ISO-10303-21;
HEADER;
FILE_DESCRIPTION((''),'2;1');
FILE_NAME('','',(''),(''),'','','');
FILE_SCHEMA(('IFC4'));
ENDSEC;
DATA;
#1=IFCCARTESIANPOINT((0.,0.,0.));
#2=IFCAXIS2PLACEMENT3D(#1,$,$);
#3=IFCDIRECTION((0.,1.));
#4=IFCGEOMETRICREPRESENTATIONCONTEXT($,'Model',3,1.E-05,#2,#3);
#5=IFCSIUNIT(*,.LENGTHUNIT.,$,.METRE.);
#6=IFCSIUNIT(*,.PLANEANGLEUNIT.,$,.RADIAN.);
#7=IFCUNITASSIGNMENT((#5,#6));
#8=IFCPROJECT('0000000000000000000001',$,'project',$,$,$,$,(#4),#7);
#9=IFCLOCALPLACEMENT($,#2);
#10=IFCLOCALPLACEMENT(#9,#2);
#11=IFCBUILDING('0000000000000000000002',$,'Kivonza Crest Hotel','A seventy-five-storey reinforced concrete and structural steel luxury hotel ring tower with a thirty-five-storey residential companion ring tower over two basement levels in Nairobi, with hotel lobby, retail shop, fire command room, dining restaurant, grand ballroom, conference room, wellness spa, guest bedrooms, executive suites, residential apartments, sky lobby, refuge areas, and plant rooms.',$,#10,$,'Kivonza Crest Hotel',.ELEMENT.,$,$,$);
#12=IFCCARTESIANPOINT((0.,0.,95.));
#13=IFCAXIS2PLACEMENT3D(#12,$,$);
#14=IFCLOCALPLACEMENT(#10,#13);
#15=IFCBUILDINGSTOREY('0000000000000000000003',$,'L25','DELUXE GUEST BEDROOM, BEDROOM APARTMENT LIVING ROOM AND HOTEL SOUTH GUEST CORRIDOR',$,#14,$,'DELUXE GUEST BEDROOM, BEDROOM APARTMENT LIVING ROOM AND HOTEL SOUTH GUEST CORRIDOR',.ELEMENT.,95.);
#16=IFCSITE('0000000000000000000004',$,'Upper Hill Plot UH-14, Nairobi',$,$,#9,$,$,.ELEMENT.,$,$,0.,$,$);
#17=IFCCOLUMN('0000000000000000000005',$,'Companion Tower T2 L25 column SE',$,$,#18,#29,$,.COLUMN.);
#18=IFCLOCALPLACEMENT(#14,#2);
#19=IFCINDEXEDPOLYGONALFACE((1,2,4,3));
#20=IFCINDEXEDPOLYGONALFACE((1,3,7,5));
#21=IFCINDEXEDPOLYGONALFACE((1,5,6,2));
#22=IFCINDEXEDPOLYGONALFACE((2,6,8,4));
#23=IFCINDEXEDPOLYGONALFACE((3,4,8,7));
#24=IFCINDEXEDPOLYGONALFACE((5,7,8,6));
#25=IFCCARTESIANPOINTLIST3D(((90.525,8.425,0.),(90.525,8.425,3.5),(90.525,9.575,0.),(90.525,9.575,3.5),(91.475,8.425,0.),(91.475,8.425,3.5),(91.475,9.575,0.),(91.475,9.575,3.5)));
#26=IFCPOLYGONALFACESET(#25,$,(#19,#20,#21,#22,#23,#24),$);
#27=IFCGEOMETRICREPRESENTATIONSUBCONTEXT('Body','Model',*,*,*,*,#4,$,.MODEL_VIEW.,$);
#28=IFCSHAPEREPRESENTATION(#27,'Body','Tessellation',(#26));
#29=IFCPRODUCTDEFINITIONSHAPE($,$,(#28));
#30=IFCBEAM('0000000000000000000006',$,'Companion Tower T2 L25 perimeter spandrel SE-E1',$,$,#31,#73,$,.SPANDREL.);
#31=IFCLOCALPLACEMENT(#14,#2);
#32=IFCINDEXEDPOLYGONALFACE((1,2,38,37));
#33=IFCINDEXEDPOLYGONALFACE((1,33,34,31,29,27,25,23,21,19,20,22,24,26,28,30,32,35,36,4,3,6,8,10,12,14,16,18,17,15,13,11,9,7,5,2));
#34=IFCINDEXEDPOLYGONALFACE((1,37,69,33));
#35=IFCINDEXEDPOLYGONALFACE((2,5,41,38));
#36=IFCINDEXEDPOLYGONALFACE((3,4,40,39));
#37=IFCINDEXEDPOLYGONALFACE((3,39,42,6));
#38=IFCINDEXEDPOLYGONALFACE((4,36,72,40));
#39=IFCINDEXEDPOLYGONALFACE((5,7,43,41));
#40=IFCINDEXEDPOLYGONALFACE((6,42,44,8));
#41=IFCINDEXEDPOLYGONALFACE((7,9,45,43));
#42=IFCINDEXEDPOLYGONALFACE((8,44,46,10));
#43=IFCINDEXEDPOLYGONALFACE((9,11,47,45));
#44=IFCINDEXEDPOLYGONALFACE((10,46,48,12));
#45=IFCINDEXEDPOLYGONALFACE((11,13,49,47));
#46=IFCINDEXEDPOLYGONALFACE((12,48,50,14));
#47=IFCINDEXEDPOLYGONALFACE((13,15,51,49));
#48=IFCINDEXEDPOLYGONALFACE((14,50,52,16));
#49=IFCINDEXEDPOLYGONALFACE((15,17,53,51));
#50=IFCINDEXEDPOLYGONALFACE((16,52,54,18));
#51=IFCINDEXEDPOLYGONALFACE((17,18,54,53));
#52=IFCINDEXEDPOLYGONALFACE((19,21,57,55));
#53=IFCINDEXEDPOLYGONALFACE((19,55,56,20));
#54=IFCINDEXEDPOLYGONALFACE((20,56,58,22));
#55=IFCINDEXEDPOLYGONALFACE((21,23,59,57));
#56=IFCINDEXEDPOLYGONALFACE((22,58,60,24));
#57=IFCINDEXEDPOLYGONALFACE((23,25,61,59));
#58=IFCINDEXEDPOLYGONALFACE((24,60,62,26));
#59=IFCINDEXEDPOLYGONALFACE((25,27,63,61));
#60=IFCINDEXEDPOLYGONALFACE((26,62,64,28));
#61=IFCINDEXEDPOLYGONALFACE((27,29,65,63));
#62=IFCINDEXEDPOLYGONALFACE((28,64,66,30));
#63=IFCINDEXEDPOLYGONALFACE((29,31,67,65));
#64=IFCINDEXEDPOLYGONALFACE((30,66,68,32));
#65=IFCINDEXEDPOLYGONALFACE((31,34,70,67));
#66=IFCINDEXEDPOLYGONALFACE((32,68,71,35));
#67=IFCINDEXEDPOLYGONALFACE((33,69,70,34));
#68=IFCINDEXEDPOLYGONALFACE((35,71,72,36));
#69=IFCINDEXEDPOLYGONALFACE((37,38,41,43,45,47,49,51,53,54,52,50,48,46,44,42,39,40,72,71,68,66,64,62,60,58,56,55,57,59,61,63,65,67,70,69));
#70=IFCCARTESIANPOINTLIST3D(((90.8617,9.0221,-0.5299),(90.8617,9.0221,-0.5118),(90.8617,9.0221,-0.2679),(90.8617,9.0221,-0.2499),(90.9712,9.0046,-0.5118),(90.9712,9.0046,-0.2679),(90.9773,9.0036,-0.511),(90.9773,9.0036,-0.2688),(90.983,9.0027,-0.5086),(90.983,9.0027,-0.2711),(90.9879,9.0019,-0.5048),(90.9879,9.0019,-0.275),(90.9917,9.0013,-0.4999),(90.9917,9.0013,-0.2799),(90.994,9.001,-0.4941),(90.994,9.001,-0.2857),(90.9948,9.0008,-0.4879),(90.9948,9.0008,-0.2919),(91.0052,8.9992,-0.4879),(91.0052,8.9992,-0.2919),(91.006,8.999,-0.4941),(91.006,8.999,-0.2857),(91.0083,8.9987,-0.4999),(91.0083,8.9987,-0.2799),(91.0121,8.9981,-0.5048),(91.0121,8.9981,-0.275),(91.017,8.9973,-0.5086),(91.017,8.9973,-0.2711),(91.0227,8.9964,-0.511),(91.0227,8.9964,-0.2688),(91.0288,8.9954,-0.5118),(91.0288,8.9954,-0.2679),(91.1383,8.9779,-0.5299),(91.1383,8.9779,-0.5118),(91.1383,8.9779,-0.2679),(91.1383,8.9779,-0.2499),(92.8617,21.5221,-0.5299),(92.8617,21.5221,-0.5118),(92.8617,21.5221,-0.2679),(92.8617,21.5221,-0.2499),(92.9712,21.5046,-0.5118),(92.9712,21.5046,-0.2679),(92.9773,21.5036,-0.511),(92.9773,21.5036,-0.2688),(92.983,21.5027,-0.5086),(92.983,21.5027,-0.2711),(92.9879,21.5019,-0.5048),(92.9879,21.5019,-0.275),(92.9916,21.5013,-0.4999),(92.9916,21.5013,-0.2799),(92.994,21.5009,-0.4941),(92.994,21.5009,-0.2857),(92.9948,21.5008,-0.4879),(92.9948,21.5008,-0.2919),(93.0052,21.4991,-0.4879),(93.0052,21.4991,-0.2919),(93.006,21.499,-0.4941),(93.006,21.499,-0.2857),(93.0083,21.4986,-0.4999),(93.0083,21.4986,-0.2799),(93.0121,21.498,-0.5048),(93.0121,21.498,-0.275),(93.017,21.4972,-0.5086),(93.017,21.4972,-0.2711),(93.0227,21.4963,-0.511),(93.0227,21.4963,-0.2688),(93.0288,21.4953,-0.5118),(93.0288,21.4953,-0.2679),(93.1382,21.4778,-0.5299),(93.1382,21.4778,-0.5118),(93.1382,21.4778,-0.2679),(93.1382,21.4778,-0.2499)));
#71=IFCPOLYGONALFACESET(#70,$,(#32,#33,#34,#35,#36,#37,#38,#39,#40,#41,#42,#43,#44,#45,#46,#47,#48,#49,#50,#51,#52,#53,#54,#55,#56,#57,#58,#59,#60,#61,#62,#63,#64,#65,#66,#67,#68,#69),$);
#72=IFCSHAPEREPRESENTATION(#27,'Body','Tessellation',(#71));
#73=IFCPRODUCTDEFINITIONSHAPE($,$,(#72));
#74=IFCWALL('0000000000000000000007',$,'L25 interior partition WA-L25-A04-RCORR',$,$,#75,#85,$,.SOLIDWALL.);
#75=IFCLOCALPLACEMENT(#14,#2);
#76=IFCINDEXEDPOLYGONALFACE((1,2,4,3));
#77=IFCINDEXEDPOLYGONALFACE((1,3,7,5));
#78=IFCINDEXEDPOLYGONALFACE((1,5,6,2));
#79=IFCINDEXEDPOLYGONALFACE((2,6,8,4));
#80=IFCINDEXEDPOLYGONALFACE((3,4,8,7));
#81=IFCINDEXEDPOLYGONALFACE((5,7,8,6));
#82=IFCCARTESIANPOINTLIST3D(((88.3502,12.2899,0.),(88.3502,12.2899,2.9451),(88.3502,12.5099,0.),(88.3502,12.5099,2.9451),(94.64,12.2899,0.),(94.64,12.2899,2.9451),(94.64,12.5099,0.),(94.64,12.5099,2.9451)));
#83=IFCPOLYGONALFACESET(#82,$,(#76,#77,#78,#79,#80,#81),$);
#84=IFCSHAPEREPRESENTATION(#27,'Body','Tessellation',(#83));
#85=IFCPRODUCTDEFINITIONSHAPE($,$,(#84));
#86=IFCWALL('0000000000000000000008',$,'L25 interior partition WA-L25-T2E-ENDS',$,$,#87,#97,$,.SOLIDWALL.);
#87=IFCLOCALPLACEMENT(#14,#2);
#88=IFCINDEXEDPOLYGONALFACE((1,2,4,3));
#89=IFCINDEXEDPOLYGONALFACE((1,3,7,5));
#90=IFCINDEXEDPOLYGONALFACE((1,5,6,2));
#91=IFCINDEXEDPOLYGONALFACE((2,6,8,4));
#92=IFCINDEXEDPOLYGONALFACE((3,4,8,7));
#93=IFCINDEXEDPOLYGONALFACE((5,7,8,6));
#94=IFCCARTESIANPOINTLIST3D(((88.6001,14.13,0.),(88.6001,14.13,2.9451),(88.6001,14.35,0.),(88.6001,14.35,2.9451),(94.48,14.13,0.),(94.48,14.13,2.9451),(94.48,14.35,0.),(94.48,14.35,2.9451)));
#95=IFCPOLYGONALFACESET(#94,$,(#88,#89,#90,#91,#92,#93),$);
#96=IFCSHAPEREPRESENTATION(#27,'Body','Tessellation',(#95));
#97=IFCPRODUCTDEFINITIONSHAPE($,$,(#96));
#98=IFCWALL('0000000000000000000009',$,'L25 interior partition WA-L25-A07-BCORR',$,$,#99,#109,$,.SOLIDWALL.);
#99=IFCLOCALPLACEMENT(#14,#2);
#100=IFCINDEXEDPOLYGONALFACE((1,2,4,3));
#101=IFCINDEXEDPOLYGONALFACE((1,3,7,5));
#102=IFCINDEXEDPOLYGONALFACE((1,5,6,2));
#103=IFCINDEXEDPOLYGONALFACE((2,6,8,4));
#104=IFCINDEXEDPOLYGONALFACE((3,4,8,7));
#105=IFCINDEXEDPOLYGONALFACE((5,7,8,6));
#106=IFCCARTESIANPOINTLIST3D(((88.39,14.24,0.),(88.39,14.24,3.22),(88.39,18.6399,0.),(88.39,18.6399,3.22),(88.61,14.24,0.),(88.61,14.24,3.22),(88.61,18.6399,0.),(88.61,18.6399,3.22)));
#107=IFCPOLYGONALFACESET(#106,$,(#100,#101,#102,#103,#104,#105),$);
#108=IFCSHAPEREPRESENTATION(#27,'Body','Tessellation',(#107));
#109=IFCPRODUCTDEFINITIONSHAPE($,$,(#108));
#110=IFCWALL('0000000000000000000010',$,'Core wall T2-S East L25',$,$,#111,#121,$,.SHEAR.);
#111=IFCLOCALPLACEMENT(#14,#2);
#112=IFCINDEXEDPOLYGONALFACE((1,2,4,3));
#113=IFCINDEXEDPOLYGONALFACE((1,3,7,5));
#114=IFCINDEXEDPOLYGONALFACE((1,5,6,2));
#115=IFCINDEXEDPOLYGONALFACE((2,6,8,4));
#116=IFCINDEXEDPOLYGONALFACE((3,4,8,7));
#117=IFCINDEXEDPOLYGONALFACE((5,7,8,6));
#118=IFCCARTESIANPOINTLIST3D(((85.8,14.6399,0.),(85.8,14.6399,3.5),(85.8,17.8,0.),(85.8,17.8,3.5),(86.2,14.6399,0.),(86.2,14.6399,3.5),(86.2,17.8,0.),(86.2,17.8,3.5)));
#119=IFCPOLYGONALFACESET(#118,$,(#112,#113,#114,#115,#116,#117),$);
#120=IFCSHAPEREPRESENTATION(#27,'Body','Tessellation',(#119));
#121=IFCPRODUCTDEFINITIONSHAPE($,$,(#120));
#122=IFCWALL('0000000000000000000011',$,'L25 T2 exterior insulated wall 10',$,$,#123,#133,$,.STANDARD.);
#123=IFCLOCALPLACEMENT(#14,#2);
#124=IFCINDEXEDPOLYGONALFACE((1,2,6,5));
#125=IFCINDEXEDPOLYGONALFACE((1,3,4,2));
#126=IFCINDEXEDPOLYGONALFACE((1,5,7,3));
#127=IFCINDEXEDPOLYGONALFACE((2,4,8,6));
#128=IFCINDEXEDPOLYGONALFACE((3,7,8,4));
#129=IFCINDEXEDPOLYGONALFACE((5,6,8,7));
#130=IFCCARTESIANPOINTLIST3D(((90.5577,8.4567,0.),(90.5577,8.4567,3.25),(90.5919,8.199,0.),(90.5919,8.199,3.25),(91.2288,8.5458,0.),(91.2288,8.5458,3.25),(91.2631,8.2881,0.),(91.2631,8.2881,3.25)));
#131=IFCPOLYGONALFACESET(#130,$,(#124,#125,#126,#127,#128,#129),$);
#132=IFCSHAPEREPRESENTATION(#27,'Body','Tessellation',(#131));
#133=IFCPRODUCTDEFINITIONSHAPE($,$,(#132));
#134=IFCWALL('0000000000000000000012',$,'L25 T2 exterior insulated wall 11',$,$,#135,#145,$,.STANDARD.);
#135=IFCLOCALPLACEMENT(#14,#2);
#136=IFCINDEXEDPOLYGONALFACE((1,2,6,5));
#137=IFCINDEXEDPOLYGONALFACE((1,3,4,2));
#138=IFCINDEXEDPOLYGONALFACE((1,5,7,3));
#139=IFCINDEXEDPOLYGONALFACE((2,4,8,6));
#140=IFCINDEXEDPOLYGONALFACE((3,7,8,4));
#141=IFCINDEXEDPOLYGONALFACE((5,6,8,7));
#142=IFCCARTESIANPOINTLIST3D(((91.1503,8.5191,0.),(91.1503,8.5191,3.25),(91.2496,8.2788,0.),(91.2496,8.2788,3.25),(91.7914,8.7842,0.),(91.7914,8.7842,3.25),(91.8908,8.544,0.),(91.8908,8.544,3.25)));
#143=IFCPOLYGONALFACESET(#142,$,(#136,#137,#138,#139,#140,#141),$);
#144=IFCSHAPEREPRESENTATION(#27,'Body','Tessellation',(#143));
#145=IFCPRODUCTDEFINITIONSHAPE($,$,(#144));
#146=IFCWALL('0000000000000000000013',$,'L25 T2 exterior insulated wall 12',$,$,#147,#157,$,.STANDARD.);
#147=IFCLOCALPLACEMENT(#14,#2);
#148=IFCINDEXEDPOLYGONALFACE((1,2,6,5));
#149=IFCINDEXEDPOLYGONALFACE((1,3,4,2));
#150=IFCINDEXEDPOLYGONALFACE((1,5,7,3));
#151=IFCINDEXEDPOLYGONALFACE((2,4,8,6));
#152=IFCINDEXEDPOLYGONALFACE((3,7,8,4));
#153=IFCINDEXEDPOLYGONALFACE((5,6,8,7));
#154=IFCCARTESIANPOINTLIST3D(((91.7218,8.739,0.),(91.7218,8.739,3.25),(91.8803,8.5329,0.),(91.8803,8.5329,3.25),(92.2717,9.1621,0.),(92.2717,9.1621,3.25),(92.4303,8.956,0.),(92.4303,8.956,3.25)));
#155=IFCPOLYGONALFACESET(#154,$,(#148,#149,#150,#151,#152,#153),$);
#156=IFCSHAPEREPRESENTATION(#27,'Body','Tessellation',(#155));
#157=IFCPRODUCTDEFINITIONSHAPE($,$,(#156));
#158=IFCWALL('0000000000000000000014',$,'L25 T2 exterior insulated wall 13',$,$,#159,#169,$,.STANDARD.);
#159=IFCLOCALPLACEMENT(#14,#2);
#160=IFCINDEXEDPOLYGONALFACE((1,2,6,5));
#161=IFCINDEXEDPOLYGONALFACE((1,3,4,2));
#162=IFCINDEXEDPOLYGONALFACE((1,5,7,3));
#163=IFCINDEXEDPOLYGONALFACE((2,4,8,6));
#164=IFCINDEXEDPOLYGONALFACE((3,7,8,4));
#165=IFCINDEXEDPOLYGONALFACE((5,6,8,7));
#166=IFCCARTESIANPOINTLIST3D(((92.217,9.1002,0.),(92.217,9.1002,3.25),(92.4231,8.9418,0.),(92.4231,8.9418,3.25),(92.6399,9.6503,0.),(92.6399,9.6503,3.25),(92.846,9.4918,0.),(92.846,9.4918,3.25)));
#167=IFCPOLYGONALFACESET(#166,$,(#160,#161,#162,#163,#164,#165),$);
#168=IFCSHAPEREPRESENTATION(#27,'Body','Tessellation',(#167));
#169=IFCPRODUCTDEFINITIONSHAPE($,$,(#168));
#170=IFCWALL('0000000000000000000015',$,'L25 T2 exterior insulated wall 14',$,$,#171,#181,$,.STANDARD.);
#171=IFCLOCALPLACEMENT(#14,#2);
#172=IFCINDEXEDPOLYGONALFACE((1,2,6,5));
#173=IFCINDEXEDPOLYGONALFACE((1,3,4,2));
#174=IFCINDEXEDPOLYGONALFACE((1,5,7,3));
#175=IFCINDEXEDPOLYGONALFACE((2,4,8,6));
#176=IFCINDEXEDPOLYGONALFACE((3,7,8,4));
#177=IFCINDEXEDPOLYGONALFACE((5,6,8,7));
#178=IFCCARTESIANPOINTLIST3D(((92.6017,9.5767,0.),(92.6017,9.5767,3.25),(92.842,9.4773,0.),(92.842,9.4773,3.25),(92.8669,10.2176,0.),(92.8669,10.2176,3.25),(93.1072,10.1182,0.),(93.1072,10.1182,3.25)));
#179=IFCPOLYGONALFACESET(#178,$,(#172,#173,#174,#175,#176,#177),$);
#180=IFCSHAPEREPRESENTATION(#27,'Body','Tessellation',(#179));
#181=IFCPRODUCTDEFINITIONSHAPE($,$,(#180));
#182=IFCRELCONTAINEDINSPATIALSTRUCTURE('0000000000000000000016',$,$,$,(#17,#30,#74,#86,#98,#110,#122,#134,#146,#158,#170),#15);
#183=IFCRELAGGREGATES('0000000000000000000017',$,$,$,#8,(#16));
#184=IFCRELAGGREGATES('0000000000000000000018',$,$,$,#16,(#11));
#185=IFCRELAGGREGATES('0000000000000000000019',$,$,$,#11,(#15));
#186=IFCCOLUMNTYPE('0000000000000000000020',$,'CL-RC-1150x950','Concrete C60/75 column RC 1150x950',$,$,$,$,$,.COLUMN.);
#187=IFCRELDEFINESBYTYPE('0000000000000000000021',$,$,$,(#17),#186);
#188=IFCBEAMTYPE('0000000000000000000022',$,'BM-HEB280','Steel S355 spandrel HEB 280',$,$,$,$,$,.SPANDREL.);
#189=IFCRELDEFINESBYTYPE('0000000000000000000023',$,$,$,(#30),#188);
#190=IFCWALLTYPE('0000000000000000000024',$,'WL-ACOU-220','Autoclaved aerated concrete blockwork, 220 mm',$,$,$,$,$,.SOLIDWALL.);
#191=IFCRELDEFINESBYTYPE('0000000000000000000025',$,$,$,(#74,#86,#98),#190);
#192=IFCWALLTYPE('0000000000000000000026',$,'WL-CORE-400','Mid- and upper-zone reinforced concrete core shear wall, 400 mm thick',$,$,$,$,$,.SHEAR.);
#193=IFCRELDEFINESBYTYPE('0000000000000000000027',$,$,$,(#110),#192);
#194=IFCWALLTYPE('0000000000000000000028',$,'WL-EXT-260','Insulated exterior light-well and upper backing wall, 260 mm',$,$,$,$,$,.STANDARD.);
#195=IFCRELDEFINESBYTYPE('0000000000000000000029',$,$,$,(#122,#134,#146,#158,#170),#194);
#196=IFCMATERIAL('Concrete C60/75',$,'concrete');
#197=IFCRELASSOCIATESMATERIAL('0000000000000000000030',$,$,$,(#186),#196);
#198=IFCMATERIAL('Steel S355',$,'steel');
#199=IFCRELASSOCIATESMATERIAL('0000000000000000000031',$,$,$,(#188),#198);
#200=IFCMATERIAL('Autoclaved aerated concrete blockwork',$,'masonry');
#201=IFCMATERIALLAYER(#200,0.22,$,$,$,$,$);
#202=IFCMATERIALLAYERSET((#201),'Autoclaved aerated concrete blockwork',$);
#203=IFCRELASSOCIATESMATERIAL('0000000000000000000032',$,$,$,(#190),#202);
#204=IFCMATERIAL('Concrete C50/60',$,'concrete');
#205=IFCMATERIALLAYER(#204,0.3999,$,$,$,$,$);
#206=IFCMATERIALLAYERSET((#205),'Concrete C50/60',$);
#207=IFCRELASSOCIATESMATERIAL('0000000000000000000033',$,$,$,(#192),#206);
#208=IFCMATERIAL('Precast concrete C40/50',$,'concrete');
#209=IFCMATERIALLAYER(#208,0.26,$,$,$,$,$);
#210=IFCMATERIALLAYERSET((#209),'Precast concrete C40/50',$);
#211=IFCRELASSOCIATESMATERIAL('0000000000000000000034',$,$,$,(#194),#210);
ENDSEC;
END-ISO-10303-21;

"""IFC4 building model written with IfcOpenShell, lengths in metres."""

from ifc_helpers import new_model, si_unit, direction, frame, frame_2d, origin, origin_2d, place, context, subcontext, project, spatial, rectangle, i_section, extrude, material, layer, layer_set, material_profile, profile_set, type_object, element, save


model = new_model("IFC4")

# Units and contexts
model_context = context("Model", 3, precision=1e-05, world=origin(), true_north=direction((0.0, 1.0)))
body_context = subcontext(model_context, "Body", "Model", "MODEL_VIEW")
ifc_project = project(units=[si_unit("LENGTHUNIT", "METRE"), si_unit("PLANEANGLEUNIT", "RADIAN")], contexts=[model_context])

# Site, building, storey
site_placement = place(None, origin())
site = spatial("IfcSite", under=ifc_project, at=site_placement, Name="Upper Hill Plot UH-14, Nairobi", CompositionType="ELEMENT", RefElevation=0.0)
building_placement = place(site_placement, origin())
building = spatial("IfcBuilding", under=site, at=building_placement, Name="Kivonza Crest Hotel", Description="A seventy-five-storey reinforced concrete and structural steel luxury hotel ring tower with a thirty-five-storey residential companion ring tower over two basement levels in Nairobi, with hotel lobby, retail shop, fire command room, dining restaurant, grand ballroom, conference room, wellness spa, guest bedrooms, executive suites, residential apartments, sky lobby, refuge areas, and plant rooms.", LongName="Kivonza Crest Hotel", CompositionType="ELEMENT")
storey_placement = place(building_placement, frame((0.0, 0.0, 95.0)))
storey = spatial("IfcBuildingStorey", under=building, at=storey_placement, Name="L25", Description="DELUXE GUEST BEDROOM, BEDROOM APARTMENT LIVING ROOM AND HOTEL SOUTH GUEST CORRIDOR", LongName="DELUXE GUEST BEDROOM, BEDROOM APARTMENT LIVING ROOM AND HOTEL SOUTH GUEST CORRIDOR", CompositionType="ELEMENT", Elevation=95.0)

# Column
ifc_material_1 = material(Name="Concrete C60/75", Category="concrete")
ifc_material_profile_1 = material_profile(ifc_material_1, rectangle(XDim=0.95, YDim=1.1499, at=origin_2d()), Name="RC 1150x950")
ifc_profile_set_1 = profile_set([ifc_material_profile_1], Name="Concrete C60/75")
column_type = type_object("IfcColumnType", Name="CL-RC-1150x950", Description="Concrete C60/75 column RC 1150x950", PredefinedType="COLUMN", material=ifc_profile_set_1)
column_placement = place(storey_placement, frame((91.0, 9.0, 0.0), z_axis=(0.0, 0.0, 1.0), x_axis=(1.0, 0.0, 0.0)))
element("IfcColumn", 1, at=column_placement, inside=storey, type_object=column_type, Name="Companion Tower T2 L25 column SE", PredefinedType="COLUMN", context=body_context, shape_type="SweptSolid", body=[
    extrude(rectangle(XDim=0.95, YDim=1.1499, at=origin_2d()), origin(), (0.0, 0.0, 1.0), 3.5),
])

# Beam
ifc_material_2 = material(Name="Steel S355", Category="steel")
ifc_material_profile_2 = material_profile(ifc_material_2, i_section(OverallWidth=0.28, OverallDepth=0.28, WebThickness=0.0105, FlangeThickness=0.0181, FilletRadius=0.0239, at=origin_2d()), Name="HEB 280")
ifc_profile_set_2 = profile_set([ifc_material_profile_2], Name="Steel S355")
beam_type = type_object("IfcBeamType", Name="BM-HEB280", Description="Steel S355 spandrel HEB 280", PredefinedType="SPANDREL", material=ifc_profile_set_2)
beam_placement = place(storey_placement, frame((91.0, 9.0, -0.3899), z_axis=(0.157991, 0.987441, 0.0), x_axis=(-0.987441, 0.157991, 0.0)))
element("IfcBeam", 2, at=beam_placement, inside=storey, type_object=beam_type, Name="Companion Tower T2 L25 perimeter spandrel SE-E1", PredefinedType="SPANDREL", context=body_context, shape_type="SweptSolid", body=[
    extrude(i_section(OverallWidth=0.28, OverallDepth=0.28, WebThickness=0.0105, FlangeThickness=0.0181, FilletRadius=0.0239, at=origin_2d()), origin(), (0.0, 0.0, 1.0), 12.6589),
])

# Walls
ifc_material_3 = material(Name="Autoclaved aerated concrete blockwork", Category="masonry")
ifc_layer_1 = layer(ifc_material_3, 0.22)
ifc_layer_set_1 = layer_set([ifc_layer_1], Name="Autoclaved aerated concrete blockwork")
wall_type_1 = type_object("IfcWallType", Name="WL-ACOU-220", Description="Autoclaved aerated concrete blockwork, 220 mm", PredefinedType="SOLIDWALL", material=ifc_layer_set_1)
wall_1_placement = place(storey_placement, frame((88.3501, 12.3999, 0.0), z_axis=(0.0, 0.0, 1.0), x_axis=(1.0, 0.0, 0.0)))
element("IfcWall", 3, at=wall_1_placement, inside=storey, type_object=wall_type_1, Name="L25 interior partition WA-L25-A04-RCORR", PredefinedType="SOLIDWALL", context=body_context, shape_type="SweptSolid", body=[
    extrude(rectangle(XDim=6.2898, YDim=0.22, at=frame_2d((3.145, 0.0))), origin(), (0.0, 0.0, 1.0), 2.9451),
])
wall_2_placement = place(storey_placement, frame((88.6001, 14.24, 0.0), z_axis=(0.0, 0.0, 1.0), x_axis=(1.0, 0.0, 0.0)))
element("IfcWall", 4, at=wall_2_placement, inside=storey, type_object=wall_type_1, Name="L25 interior partition WA-L25-T2E-ENDS", PredefinedType="SOLIDWALL", context=body_context, shape_type="SweptSolid", body=[
    extrude(rectangle(XDim=5.8799, YDim=0.22, at=frame_2d((2.9399, 0.0))), origin(), (0.0, 0.0, 1.0), 2.9451),
])
wall_3_placement = place(storey_placement, frame((88.5, 14.24, 0.0), z_axis=(0.0, 0.0, 1.0), x_axis=(0.0, 1.0, 0.0)))
element("IfcWall", 5, at=wall_3_placement, inside=storey, type_object=wall_type_1, Name="L25 interior partition WA-L25-A07-BCORR", PredefinedType="SOLIDWALL", context=body_context, shape_type="SweptSolid", body=[
    extrude(rectangle(XDim=4.3999, YDim=0.22, at=frame_2d((2.2, 0.0))), origin(), (0.0, 0.0, 1.0), 3.22),
])
ifc_material_4 = material(Name="Concrete C50/60", Category="concrete")
ifc_layer_2 = layer(ifc_material_4, 0.3999)
ifc_layer_set_2 = layer_set([ifc_layer_2], Name="Concrete C50/60")
wall_type_2 = type_object("IfcWallType", Name="WL-CORE-400", Description="Mid- and upper-zone reinforced concrete core shear wall, 400 mm thick", PredefinedType="SHEAR", material=ifc_layer_set_2)
wall_4_placement = place(storey_placement, frame((86.0, 14.6399, 0.0), z_axis=(0.0, 0.0, 1.0), x_axis=(0.0, 1.0, 0.0)))
element("IfcWall", 6, at=wall_4_placement, inside=storey, type_object=wall_type_2, Name="Core wall T2-S East L25", PredefinedType="SHEAR", context=body_context, shape_type="SweptSolid", body=[
    extrude(rectangle(XDim=3.1602, YDim=0.3999, at=frame_2d((1.5801, 0.0))), origin(), (0.0, 0.0, 1.0), 3.5),
])
ifc_material_5 = material(Name="Precast concrete C40/50", Category="concrete")
ifc_layer_3 = layer(ifc_material_5, 0.26)
ifc_layer_set_3 = layer_set([ifc_layer_3], Name="Precast concrete C40/50")
wall_type_3 = type_object("IfcWallType", Name="WL-EXT-260", Description="Insulated exterior light-well and upper backing wall, 260 mm", PredefinedType="STANDARD", material=ifc_layer_set_3)
wall_5_placement = place(storey_placement, frame((90.575, 8.3279, 0.0), z_axis=(0.0, 0.0, 1.0), x_axis=(0.9913, 0.13162, 0.0)))
element("IfcWall", 7, at=wall_5_placement, inside=storey, type_object=wall_type_3, Name="L25 T2 exterior insulated wall 10", PredefinedType="STANDARD", context=body_context, shape_type="SweptSolid", body=[
    extrude(rectangle(XDim=0.677, YDim=0.26, at=frame_2d((0.3384, 0.0))), origin(), (0.0, 0.0, 1.0), 3.25),
])
for number, where, z_axis, x_axis, name in (
    (8, (91.2, 8.3989, 0.0), (0.0, 0.0, 1.0), (0.924094, 0.382165, 0.0), "L25 T2 exterior insulated wall 11"),
    (9, (91.801, 8.636, 0.0), (0.0, 0.0, 1.0), (0.792637, 0.609694, 0.0), "L25 T2 exterior insulated wall 12"),
    (10, (92.3201, 9.021, 0.0), (0.0, 0.0, 1.0), (0.609473, 0.792807, 0.0), "L25 T2 exterior insulated wall 13"),
):
    element("IfcWall", number, at=place(storey_placement, frame(where, z_axis=z_axis, x_axis=x_axis)), inside=storey, type_object=wall_type_3, Name=name, PredefinedType="STANDARD", context=body_context, shape_type="SweptSolid", body=[
        extrude(rectangle(XDim=0.6938, YDim=0.26, at=frame_2d((0.3469, 0.0))), origin(), (0.0, 0.0, 1.0), 3.25),
    ])
wall_6_placement = place(storey_placement, frame((92.7219, 9.5271, 0.0), z_axis=(0.0, 0.0, 1.0), x_axis=(0.38229, 0.924043, 0.0)))
element("IfcWall", 11, at=wall_6_placement, inside=storey, type_object=wall_type_3, Name="L25 T2 exterior insulated wall 14", PredefinedType="STANDARD", context=body_context, shape_type="SweptSolid", body=[
    extrude(rectangle(XDim=0.6936, YDim=0.26, at=frame_2d((0.3467, 0.0))), origin(), (0.0, 0.0, 1.0), 3.25),
])

save(model, "model.ifc")
